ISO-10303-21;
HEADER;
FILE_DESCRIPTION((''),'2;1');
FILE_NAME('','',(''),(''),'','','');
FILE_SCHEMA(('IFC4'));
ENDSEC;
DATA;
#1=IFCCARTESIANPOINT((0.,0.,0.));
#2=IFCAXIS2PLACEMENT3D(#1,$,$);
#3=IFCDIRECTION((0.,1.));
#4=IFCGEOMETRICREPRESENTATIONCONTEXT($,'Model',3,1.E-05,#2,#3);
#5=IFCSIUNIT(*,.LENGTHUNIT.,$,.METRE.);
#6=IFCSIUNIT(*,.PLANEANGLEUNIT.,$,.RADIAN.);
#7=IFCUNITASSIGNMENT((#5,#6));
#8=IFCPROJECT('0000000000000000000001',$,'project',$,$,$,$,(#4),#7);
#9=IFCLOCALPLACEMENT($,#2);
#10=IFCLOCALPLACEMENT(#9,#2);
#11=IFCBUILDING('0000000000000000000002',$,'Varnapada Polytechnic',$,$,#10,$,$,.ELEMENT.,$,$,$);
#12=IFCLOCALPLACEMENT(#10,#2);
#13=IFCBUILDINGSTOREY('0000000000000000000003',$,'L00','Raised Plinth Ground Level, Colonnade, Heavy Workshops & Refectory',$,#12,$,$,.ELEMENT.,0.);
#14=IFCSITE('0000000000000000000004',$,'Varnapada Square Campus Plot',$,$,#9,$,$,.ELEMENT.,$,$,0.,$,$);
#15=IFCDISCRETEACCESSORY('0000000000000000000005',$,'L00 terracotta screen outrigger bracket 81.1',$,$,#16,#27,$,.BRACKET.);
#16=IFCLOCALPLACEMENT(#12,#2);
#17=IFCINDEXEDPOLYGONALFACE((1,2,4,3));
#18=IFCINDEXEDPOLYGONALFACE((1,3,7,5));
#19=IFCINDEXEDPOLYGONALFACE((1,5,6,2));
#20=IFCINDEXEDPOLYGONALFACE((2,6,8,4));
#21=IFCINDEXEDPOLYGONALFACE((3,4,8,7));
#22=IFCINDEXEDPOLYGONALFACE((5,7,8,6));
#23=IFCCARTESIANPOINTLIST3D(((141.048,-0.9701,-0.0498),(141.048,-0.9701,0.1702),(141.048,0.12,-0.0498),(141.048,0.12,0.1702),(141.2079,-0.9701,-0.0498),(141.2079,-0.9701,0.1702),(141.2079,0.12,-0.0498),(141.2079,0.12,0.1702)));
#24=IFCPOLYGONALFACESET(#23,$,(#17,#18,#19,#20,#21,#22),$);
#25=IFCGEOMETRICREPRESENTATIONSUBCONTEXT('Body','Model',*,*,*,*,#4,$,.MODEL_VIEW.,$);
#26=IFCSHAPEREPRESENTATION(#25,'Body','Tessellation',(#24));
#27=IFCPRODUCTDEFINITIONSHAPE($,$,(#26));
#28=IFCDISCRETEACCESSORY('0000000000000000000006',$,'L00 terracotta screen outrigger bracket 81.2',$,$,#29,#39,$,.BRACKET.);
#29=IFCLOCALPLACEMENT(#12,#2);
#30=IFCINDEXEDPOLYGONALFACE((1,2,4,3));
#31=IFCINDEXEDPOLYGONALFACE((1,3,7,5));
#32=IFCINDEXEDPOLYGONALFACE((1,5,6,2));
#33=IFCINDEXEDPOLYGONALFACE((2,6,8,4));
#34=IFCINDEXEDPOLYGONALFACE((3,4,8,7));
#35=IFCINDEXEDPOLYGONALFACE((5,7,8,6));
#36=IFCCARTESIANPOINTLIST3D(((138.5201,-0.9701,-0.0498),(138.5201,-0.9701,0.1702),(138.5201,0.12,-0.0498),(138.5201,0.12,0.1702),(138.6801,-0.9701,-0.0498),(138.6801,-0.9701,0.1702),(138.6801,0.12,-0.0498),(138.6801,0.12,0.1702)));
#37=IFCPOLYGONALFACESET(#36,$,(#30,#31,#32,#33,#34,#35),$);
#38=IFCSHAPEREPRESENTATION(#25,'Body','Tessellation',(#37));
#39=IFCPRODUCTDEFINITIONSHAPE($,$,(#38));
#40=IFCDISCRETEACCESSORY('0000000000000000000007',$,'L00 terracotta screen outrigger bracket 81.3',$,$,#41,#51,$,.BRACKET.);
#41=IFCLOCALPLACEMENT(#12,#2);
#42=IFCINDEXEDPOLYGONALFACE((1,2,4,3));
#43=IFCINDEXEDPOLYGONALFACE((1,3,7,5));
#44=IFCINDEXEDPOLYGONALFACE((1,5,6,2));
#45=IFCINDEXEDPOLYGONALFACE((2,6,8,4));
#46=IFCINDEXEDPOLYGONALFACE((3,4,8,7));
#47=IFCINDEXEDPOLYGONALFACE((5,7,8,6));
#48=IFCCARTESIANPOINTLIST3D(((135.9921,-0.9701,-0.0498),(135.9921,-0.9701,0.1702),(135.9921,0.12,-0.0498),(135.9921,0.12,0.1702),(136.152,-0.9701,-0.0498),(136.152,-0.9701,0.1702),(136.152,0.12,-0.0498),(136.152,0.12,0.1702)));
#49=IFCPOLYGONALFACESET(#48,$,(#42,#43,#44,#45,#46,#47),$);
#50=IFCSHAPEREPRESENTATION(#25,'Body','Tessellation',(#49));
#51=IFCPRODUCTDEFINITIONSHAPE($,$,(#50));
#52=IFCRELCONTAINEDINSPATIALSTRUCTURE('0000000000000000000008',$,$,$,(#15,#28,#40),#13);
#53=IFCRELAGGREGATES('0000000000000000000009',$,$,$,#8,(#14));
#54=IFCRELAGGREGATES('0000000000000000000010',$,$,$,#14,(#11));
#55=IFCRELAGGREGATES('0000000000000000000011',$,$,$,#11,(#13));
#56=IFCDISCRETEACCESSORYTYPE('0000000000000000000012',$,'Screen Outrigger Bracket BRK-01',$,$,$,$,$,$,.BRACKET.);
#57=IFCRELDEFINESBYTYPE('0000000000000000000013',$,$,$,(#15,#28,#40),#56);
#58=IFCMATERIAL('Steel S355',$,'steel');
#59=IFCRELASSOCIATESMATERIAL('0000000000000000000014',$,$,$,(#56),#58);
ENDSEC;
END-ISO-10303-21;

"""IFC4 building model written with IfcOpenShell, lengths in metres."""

from ifc_helpers import new_model, si_unit, direction, frame, origin, origin_2d, place, context, subcontext, project, spatial, rectangle, extrude, material, type_object, element, save


model = new_model("IFC4")

# Units and contexts
model_context = context("Model", 3, precision=1e-05, world=origin(), true_north=direction((0.0, 1.0)))
body_context = subcontext(model_context, "Body", "Model", "MODEL_VIEW")
ifc_project = project(units=[si_unit("LENGTHUNIT", "METRE"), si_unit("PLANEANGLEUNIT", "RADIAN")], contexts=[model_context])

# Site, building, storey
site_placement = place(None, origin())
site = spatial("IfcSite", under=ifc_project, at=site_placement, Name="Varnapada Square Campus Plot", CompositionType="ELEMENT", RefElevation=0.0)
building_placement = place(site_placement, origin())
building = spatial("IfcBuilding", under=site, at=building_placement, Name="Varnapada Polytechnic", CompositionType="ELEMENT")
storey_placement = place(building_placement, origin())
storey = spatial("IfcBuildingStorey", under=building, at=storey_placement, Name="L00", Description="Raised Plinth Ground Level, Colonnade, Heavy Workshops & Refectory", CompositionType="ELEMENT", Elevation=0.0)

# Discrete accessories
ifc_material_1 = material(Name="Steel S355", Category="steel")
discrete_accessory_type = type_object("IfcDiscreteAccessoryType", Name="Screen Outrigger Bracket BRK-01", PredefinedType="BRACKET", material=ifc_material_1)
for number, where, z_axis, x_axis, name in (
    (1, (141.1279, -0.425, -0.0498), (0.0, 0.0, 1.0), (-1.0, 0.0, 0.0), "L00 terracotta screen outrigger bracket 81.1"),
    (2, (138.6001, -0.425, -0.0498), (0.0, 0.0, 1.0), (-1.0, 0.0, 0.0), "L00 terracotta screen outrigger bracket 81.2"),
    (3, (136.072, -0.425, -0.0498), (0.0, 0.0, 1.0), (-1.0, 0.0, 0.0), "L00 terracotta screen outrigger bracket 81.3"),
):
    element("IfcDiscreteAccessory", number, at=place(storey_placement, frame(where, z_axis=z_axis, x_axis=x_axis)), inside=storey, type_object=discrete_accessory_type, Name=name, PredefinedType="BRACKET", context=body_context, shape_type="SweptSolid", body=[
        extrude(rectangle(XDim=0.1599, YDim=1.0901, at=origin_2d()), origin(), (0.0, 0.0, 1.0), 0.22),
    ])

save(model, "model.ifc")
